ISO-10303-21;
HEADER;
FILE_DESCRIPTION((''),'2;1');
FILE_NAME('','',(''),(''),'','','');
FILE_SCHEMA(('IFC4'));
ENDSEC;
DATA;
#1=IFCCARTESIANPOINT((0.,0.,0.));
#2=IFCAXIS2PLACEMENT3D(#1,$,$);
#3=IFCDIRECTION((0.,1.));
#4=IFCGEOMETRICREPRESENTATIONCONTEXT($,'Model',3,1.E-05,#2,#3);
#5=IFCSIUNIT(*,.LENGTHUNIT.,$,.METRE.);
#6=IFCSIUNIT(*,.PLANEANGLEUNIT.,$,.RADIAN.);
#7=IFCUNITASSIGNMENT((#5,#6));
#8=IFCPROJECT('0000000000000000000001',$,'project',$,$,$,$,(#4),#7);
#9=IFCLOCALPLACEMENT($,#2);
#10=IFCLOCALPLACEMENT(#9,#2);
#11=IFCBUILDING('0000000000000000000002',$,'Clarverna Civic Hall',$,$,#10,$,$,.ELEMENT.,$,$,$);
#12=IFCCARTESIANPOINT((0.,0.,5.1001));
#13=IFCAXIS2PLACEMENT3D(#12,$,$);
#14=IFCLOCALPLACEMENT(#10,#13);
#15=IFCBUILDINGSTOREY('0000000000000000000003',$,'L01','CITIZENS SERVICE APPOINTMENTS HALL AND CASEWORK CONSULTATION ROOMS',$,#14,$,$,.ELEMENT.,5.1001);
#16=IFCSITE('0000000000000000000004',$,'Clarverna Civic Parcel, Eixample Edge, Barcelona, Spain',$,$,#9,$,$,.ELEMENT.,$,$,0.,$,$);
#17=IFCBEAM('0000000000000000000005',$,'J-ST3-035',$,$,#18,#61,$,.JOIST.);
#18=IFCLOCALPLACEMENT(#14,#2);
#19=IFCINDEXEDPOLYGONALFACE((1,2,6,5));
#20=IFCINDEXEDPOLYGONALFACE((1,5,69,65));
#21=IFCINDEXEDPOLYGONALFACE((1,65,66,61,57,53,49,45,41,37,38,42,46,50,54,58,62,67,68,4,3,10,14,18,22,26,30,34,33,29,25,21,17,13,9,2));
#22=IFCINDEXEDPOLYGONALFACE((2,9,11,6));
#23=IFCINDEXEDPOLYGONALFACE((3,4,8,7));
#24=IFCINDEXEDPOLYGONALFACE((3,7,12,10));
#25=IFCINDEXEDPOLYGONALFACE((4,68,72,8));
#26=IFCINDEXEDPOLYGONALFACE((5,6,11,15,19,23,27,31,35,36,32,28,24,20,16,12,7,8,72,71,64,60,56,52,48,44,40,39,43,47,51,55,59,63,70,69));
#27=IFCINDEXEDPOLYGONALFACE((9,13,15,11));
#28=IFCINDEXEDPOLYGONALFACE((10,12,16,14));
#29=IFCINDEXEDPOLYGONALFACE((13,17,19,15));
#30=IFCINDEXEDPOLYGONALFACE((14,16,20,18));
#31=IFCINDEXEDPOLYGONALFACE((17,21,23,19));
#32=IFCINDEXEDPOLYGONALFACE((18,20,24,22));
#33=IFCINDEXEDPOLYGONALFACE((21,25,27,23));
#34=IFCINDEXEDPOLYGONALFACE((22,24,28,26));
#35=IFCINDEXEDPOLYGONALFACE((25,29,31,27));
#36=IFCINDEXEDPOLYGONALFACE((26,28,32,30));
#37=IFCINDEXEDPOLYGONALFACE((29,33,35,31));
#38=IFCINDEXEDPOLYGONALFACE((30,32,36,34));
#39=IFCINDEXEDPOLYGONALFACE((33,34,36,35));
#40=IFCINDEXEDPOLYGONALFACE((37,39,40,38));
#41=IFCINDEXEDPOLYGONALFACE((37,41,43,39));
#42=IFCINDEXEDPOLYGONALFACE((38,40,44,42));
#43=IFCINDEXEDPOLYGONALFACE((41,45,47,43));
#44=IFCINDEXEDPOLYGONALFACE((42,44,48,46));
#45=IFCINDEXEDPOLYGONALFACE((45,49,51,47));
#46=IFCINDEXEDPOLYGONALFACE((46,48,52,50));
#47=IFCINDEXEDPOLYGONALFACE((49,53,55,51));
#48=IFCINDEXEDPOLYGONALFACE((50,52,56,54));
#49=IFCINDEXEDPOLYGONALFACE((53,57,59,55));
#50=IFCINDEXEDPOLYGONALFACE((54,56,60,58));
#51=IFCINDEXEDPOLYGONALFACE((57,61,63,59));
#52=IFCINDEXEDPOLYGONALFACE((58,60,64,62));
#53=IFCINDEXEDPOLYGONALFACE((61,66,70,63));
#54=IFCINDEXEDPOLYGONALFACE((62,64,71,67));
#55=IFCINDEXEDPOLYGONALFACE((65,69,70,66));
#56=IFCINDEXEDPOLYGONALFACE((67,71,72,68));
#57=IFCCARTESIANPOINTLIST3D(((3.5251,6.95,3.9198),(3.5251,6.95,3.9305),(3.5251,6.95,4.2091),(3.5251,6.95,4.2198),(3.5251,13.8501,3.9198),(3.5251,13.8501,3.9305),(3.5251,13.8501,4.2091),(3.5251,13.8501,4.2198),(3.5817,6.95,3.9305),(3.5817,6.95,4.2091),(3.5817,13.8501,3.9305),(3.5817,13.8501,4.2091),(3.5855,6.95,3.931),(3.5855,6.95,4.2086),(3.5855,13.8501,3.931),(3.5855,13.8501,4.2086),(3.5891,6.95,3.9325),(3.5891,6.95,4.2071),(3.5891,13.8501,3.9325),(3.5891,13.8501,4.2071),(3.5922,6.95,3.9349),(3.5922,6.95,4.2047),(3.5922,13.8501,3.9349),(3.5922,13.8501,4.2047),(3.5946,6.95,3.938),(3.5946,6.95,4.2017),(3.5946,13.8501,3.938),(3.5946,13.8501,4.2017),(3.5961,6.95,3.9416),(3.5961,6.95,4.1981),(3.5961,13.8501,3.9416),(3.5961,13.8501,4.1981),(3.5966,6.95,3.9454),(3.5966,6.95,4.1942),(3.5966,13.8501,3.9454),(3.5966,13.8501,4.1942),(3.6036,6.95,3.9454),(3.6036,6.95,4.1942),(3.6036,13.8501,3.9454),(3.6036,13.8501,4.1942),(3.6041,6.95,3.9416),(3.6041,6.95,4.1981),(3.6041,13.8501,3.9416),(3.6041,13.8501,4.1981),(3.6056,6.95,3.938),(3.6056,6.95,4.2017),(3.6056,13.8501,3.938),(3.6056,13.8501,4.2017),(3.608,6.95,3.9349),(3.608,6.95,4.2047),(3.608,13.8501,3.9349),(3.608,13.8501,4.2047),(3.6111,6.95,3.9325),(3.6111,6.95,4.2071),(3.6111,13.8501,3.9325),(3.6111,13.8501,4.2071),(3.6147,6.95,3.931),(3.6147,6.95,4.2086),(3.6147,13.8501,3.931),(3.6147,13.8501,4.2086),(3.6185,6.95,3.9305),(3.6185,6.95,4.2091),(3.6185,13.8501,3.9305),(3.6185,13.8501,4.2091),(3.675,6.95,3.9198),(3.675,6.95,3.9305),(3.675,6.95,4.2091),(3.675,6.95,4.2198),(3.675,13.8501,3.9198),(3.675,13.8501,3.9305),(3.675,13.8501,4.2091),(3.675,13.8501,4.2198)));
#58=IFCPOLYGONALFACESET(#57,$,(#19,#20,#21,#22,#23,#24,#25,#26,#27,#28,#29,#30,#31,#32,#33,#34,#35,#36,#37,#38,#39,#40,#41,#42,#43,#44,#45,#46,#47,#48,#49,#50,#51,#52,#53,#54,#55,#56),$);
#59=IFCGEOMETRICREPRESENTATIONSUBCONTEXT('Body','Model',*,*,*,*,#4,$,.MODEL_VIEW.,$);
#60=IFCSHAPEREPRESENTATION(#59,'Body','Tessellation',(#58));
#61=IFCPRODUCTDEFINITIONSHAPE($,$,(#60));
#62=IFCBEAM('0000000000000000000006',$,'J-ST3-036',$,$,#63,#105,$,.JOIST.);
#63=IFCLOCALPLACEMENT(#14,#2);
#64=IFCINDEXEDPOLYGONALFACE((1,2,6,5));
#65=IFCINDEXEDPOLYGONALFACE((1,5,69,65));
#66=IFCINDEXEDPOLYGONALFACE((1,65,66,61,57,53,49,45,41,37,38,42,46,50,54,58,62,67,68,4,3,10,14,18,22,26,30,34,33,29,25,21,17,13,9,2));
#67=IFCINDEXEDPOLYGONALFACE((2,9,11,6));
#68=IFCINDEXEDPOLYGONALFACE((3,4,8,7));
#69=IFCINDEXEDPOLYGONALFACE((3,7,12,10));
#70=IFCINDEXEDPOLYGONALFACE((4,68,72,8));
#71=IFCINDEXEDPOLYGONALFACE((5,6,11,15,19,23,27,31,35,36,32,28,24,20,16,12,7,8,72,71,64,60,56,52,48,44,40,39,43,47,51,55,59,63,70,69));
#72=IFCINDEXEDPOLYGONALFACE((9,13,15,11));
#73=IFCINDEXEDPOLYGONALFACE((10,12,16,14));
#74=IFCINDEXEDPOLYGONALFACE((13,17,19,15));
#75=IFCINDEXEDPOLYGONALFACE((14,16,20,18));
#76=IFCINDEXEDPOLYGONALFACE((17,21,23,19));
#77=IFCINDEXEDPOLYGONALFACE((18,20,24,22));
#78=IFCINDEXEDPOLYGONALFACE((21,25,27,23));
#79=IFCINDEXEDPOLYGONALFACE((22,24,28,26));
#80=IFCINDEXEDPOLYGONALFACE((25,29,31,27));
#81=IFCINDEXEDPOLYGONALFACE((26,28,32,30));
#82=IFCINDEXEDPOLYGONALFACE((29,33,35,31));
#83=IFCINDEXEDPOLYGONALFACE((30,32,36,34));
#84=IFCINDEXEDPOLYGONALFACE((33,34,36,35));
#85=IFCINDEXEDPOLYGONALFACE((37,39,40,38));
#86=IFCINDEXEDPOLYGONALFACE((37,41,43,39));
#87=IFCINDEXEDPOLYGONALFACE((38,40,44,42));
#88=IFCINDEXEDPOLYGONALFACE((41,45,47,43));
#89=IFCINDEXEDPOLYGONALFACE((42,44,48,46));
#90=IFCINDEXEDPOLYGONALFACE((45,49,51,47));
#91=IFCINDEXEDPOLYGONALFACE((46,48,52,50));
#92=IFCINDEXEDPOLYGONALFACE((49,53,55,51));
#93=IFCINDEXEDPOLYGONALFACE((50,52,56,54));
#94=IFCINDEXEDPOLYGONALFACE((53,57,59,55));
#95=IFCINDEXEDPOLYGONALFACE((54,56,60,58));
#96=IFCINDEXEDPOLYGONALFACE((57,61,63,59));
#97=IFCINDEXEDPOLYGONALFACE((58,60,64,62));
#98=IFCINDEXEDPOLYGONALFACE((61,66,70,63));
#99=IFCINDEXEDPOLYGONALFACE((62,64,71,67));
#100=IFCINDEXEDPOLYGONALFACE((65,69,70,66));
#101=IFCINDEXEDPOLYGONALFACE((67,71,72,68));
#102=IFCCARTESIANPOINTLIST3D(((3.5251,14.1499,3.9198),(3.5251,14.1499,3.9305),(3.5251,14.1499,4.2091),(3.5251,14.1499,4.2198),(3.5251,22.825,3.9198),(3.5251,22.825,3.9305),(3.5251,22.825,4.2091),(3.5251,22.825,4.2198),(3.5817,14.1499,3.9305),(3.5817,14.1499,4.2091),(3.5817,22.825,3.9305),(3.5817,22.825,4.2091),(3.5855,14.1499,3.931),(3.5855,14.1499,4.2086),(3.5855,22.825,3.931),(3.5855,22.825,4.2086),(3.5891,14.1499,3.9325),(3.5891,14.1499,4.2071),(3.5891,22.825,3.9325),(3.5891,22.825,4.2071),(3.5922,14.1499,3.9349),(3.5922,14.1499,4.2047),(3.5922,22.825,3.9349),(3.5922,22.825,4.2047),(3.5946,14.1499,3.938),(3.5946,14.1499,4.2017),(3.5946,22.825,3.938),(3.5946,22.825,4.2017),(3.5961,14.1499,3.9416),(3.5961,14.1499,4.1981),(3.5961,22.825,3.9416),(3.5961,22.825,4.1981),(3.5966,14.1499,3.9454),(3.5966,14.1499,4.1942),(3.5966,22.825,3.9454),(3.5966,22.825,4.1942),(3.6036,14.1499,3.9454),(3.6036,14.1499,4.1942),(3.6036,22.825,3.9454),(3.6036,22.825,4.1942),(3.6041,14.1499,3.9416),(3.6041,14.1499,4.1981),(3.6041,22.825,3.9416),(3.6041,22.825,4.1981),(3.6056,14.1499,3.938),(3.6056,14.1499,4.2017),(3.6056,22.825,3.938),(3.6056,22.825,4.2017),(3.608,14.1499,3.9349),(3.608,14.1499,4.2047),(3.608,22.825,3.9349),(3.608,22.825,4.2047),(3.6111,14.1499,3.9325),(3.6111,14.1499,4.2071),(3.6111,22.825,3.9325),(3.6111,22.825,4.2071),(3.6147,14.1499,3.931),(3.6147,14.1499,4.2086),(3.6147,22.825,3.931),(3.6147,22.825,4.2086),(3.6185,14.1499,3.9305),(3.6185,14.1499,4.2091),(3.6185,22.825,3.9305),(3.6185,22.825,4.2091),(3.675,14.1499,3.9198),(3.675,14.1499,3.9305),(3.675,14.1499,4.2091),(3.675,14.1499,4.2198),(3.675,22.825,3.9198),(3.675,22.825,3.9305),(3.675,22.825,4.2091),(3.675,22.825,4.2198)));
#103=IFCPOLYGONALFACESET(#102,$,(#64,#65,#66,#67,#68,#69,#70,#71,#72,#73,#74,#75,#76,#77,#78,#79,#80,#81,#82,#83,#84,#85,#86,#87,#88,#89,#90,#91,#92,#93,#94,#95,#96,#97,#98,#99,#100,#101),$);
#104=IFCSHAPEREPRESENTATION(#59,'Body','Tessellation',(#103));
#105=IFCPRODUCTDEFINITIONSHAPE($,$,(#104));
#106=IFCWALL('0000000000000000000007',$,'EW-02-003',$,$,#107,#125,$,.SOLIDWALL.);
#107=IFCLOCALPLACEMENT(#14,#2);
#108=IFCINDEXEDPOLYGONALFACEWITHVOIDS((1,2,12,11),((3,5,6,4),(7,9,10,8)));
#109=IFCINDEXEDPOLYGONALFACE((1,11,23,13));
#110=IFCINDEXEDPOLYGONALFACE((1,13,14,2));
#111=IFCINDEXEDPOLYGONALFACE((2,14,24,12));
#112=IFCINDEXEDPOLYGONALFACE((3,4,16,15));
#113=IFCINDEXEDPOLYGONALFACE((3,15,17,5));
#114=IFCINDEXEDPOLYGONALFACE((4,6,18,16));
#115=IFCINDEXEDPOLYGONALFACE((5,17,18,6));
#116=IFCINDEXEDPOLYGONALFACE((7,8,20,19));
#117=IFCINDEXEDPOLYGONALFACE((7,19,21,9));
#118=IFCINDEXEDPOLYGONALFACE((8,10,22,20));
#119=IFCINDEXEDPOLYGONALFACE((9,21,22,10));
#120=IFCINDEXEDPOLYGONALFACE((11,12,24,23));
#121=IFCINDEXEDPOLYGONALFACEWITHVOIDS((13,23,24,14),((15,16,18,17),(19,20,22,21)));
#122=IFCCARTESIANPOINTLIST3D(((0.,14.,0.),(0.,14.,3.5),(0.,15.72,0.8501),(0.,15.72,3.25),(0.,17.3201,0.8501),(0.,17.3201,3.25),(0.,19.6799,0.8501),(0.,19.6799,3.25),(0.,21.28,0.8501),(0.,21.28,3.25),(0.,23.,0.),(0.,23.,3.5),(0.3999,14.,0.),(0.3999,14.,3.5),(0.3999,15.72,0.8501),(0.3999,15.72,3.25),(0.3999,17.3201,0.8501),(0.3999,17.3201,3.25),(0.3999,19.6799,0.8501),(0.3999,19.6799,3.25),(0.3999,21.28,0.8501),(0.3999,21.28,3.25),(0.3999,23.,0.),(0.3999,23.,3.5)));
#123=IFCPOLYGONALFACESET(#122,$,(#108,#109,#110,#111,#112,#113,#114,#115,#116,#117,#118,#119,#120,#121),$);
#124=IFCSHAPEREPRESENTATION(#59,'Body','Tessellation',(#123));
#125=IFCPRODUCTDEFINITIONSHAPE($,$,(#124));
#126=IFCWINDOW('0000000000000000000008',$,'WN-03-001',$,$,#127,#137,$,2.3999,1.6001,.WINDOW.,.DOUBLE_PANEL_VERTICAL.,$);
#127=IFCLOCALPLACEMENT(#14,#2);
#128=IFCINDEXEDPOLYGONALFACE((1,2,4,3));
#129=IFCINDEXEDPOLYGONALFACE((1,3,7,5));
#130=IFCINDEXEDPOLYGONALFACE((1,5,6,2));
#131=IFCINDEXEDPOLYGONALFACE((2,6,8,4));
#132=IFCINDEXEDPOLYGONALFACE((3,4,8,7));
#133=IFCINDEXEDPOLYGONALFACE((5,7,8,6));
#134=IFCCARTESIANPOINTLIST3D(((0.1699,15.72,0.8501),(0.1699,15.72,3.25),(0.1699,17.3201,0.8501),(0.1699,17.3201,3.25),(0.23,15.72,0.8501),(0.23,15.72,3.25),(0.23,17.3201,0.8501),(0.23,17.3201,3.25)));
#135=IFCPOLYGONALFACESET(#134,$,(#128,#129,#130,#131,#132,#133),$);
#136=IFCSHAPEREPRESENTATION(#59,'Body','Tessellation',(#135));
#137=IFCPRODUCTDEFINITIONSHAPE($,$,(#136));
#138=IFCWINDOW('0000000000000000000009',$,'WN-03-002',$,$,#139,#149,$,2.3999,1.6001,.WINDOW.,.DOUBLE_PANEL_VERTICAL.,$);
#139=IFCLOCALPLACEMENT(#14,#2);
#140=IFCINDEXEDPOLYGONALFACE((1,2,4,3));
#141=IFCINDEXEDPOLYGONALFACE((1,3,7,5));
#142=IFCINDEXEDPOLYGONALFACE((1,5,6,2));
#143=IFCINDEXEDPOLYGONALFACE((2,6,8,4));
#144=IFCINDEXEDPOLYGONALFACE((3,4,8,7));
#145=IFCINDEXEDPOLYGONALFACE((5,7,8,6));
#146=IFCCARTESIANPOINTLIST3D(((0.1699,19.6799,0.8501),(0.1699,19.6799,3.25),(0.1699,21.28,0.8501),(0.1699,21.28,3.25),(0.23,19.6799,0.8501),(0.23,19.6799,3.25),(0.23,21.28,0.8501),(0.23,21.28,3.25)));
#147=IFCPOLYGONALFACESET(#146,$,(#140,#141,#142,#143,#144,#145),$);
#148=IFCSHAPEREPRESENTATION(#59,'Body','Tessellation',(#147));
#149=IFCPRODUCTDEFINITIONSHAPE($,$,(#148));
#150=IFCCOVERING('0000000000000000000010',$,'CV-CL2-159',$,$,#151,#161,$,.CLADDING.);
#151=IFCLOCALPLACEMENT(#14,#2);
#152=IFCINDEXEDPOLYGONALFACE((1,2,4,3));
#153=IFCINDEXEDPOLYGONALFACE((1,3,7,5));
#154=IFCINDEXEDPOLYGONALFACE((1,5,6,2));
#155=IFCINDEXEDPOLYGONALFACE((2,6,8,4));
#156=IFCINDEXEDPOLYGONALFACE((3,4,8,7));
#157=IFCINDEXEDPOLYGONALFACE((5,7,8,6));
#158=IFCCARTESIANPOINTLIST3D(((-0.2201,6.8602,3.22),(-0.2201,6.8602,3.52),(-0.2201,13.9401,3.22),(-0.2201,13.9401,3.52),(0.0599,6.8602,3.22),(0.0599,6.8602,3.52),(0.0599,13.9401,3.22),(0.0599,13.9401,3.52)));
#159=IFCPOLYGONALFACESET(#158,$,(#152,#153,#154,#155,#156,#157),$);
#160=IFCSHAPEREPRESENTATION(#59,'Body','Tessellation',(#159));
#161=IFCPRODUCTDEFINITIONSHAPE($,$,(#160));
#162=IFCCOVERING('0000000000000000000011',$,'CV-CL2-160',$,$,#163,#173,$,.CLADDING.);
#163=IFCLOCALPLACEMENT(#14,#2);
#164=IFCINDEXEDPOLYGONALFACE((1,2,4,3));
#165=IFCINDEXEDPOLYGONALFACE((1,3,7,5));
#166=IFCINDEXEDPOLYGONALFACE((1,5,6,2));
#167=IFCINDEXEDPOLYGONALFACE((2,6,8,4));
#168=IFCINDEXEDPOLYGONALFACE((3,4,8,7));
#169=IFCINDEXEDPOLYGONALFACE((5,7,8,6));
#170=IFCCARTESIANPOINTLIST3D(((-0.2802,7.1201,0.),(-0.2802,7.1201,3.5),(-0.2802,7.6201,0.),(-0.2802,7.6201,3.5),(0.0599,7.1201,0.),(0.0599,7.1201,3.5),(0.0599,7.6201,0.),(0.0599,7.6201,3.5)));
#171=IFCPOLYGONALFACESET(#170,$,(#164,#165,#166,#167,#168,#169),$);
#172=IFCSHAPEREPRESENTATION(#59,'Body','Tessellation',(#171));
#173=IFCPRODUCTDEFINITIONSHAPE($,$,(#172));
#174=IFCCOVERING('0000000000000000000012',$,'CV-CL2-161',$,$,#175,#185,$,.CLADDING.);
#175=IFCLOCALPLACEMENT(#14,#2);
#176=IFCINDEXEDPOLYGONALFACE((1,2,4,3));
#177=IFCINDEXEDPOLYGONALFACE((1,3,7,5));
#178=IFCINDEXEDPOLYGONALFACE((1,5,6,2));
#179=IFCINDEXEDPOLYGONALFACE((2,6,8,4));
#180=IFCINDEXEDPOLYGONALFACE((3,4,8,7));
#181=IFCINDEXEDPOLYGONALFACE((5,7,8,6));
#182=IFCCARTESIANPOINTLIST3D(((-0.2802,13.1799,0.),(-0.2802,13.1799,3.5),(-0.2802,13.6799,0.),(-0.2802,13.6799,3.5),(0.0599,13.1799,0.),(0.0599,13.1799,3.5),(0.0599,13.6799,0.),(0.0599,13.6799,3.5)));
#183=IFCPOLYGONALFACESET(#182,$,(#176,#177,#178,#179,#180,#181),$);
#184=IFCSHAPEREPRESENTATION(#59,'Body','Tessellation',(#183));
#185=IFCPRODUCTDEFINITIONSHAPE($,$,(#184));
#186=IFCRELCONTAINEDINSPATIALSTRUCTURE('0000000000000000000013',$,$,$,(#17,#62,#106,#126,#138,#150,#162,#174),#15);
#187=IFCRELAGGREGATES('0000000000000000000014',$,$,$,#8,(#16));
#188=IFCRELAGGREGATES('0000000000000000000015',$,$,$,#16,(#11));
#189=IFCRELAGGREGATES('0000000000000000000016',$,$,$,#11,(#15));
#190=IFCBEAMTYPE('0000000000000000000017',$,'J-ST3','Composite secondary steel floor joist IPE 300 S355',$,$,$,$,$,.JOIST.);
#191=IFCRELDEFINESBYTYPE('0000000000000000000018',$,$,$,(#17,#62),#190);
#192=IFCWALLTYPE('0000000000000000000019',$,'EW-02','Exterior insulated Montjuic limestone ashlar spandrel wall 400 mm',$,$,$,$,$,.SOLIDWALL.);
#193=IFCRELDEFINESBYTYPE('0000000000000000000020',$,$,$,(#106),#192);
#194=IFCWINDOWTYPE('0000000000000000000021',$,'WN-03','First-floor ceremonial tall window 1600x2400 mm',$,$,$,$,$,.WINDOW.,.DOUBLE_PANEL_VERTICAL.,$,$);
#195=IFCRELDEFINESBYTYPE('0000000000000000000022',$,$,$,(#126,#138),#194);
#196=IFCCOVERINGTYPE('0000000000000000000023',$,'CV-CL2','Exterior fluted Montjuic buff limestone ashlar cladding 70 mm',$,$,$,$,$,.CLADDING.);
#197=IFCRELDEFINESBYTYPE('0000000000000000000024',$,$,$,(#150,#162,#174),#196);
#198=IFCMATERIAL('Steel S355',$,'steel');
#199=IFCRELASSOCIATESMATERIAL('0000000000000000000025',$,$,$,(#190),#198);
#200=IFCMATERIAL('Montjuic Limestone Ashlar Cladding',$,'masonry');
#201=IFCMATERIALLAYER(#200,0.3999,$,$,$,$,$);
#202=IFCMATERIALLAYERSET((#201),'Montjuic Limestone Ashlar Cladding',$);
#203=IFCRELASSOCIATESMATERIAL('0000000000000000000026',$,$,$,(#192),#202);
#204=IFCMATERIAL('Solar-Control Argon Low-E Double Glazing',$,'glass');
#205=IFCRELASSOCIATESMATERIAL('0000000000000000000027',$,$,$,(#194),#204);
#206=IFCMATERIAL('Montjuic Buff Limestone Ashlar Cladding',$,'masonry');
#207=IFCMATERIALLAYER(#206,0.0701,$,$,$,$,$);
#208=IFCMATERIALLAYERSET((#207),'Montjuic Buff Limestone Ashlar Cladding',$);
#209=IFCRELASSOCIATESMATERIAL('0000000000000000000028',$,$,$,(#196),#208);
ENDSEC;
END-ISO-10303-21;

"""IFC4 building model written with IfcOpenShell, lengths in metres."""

from ifc_helpers import new_model, si_unit, direction, frame, frame_2d, origin, origin_2d, place, context, subcontext, project, spatial, rectangle, i_section, extrude, material, layer, layer_set, material_profile, profile_set, type_object, element, fill, save


model = new_model("IFC4")

# Units and contexts
model_context = context("Model", 3, precision=1e-05, world=origin(), true_north=direction((0.0, 1.0)))
body_context = subcontext(model_context, "Body", "Model", "MODEL_VIEW")
ifc_project = project(units=[si_unit("LENGTHUNIT", "METRE"), si_unit("PLANEANGLEUNIT", "RADIAN")], contexts=[model_context])

# Site, building, storey
site_placement = place(None, origin())
site = spatial("IfcSite", under=ifc_project, at=site_placement, Name="Clarverna Civic Parcel, Eixample Edge, Barcelona, Spain", CompositionType="ELEMENT", RefElevation=0.0)
building_placement = place(site_placement, origin())
building = spatial("IfcBuilding", under=site, at=building_placement, Name="Clarverna Civic Hall", CompositionType="ELEMENT")
storey_placement = place(building_placement, frame((0.0, 0.0, 5.1001)))
storey = spatial("IfcBuildingStorey", under=building, at=storey_placement, Name="L01", Description="CITIZENS SERVICE APPOINTMENTS HALL AND CASEWORK CONSULTATION ROOMS", CompositionType="ELEMENT", Elevation=5.1001)

# Beams
ifc_material_1 = material(Name="Steel S355", Category="steel")
ifc_material_profile_1 = material_profile(ifc_material_1, i_section(OverallWidth=0.1499, OverallDepth=0.3, WebThickness=0.0071, FlangeThickness=0.0107, FilletRadius=0.0149, at=origin_2d()), Name="IPE 300")
ifc_profile_set_1 = profile_set([ifc_material_profile_1], Name="Steel S355")
beam_type_1 = type_object("IfcBeamType", Name="J-ST3", Description="Composite secondary steel floor joist IPE 300 S355", PredefinedType="JOIST", material=ifc_profile_set_1)
beam_1_placement = place(storey_placement, frame((3.6001, 6.95, 4.0698), z_axis=(0.0, 1.0, 0.0), x_axis=(-1.0, 0.0, 0.0)))
element("IfcBeam", 1, at=beam_1_placement, inside=storey, type_object=beam_type_1, Name="J-ST3-035", PredefinedType="JOIST", context=body_context, shape_type="SweptSolid", body=[
    extrude(i_section(OverallWidth=0.1499, OverallDepth=0.3, WebThickness=0.0071, FlangeThickness=0.0107, FilletRadius=0.0149, at=origin_2d()), origin(), (0.0, 0.0, 1.0), 6.9001),
])
beam_2_placement = place(storey_placement, frame((3.6001, 14.1499, 4.0698), z_axis=(0.0, 1.0, 0.0), x_axis=(-1.0, 0.0, 0.0)))
element("IfcBeam", 2, at=beam_2_placement, inside=storey, type_object=beam_type_1, Name="J-ST3-036", PredefinedType="JOIST", context=body_context, shape_type="SweptSolid", body=[
    extrude(i_section(OverallWidth=0.1499, OverallDepth=0.3, WebThickness=0.0071, FlangeThickness=0.0107, FilletRadius=0.0149, at=origin_2d()), origin(), (0.0, 0.0, 1.0), 8.675),
])

# Wall, openings, windows
ifc_material_2 = material(Name="Montjuic Limestone Ashlar Cladding", Category="masonry")
ifc_layer_1 = layer(ifc_material_2, 0.3999)
ifc_layer_set_1 = layer_set([ifc_layer_1], Name="Montjuic Limestone Ashlar Cladding")
wall_type = type_object("IfcWallType", Name="EW-02", Description="Exterior insulated Montjuic limestone ashlar spandrel wall 400 mm", PredefinedType="SOLIDWALL", material=ifc_layer_set_1)
wall_placement = place(storey_placement, frame((0.2, 14.0, 0.0), z_axis=(0.0, 0.0, 1.0), x_axis=(0.0, 1.0, 0.0)))
wall = element("IfcWall", 3, at=wall_placement, inside=storey, type_object=wall_type, Name="EW-02-003", PredefinedType="SOLIDWALL", context=body_context, shape_type="SweptSolid", body=[
    extrude(rectangle(XDim=9.0, YDim=0.3999, at=frame_2d((4.5, 0.0))), origin(), (0.0, 0.0, 1.0), 3.5),
])
opening_1_placement = place(wall_placement, frame((1.72, 0.0, 0.8501)))
opening_1 = element("IfcOpeningElement", 4, at=opening_1_placement, cuts=wall, PredefinedType="OPENING", context=body_context, shape_type="SweptSolid", body=[
    extrude(rectangle(XDim=1.6001, YDim=2.3999, at=frame_2d((0.8, 1.2))), frame((0.0, 0.21, 0.0), z_axis=(0.0, -1.0, 0.0), x_axis=(1.0, 0.0, 0.0)), (0.0, 0.0, 1.0), 0.4199),
])
opening_2_placement = place(wall_placement, frame((5.6799, 0.0, 0.8501)))
opening_2 = element("IfcOpeningElement", 5, at=opening_2_placement, cuts=wall, PredefinedType="OPENING", context=body_context, shape_type="SweptSolid", body=[
    extrude(rectangle(XDim=1.6001, YDim=2.3999, at=frame_2d((0.8, 1.2))), frame((0.0, 0.21, 0.0), z_axis=(0.0, -1.0, 0.0), x_axis=(1.0, 0.0, 0.0)), (0.0, 0.0, 1.0), 0.4199),
])
ifc_material_3 = material(Name="Solar-Control Argon Low-E Double Glazing", Category="glass")
window_type = type_object("IfcWindowType", Name="WN-03", Description="First-floor ceremonial tall window 1600x2400 mm", PartitioningType="DOUBLE_PANEL_VERTICAL", PredefinedType="WINDOW", material=ifc_material_3)
window_1_placement = place(opening_1_placement, origin())
window_1 = element("IfcWindow", 6, at=window_1_placement, inside=storey, type_object=window_type, Name="WN-03-001", OverallHeight=2.3999, OverallWidth=1.6001, PartitioningType="DOUBLE_PANEL_VERTICAL", PredefinedType="WINDOW", context=body_context, shape_type="SweptSolid", body=[
    extrude(rectangle(XDim=1.6001, YDim=2.3999, at=frame_2d((0.8, 1.2))), frame((0.0, 0.03, 0.0), z_axis=(0.0, -1.0, 0.0), x_axis=(1.0, 0.0, 0.0)), (0.0, 0.0, 1.0), 0.0601),
])
fill(opening_1, window_1)
window_2_placement = place(opening_2_placement, origin())
window_2 = element("IfcWindow", 7, at=window_2_placement, inside=storey, type_object=window_type, Name="WN-03-002", OverallHeight=2.3999, OverallWidth=1.6001, PartitioningType="DOUBLE_PANEL_VERTICAL", PredefinedType="WINDOW", context=body_context, shape_type="SweptSolid", body=[
    extrude(rectangle(XDim=1.6001, YDim=2.3999, at=frame_2d((0.8, 1.2))), frame((0.0, 0.03, 0.0), z_axis=(0.0, -1.0, 0.0), x_axis=(1.0, 0.0, 0.0)), (0.0, 0.0, 1.0), 0.0601),
])
fill(opening_2, window_2)

# Coverings
ifc_material_4 = material(Name="Montjuic Buff Limestone Ashlar Cladding", Category="masonry")
ifc_layer_2 = layer(ifc_material_4, 0.0701)
ifc_layer_set_2 = layer_set([ifc_layer_2], Name="Montjuic Buff Limestone Ashlar Cladding")
covering_type = type_object("IfcCoveringType", Name="CV-CL2", Description="Exterior fluted Montjuic buff limestone ashlar cladding 70 mm", PredefinedType="CLADDING", material=ifc_layer_set_2)
covering_1_placement = place(storey_placement, frame((-0.0801, 6.8601, 3.22), z_axis=(0.0, 0.0, 1.0), x_axis=(0.0, 1.0, 0.0)))
element("IfcCovering", 8, at=covering_1_placement, inside=storey, type_object=covering_type, Name="CV-CL2-159", PredefinedType="CLADDING", context=body_context, shape_type="SweptSolid", body=[
    extrude(rectangle(XDim=7.0798, YDim=0.28, at=frame_2d((3.54, 0.0))), origin(), (0.0, 0.0, 1.0), 0.3),
])
for number, where, z_axis, x_axis, name in (
    (9, (-0.1101, 7.1201, 0.0), (0.0, 0.0, 1.0), (0.0, 1.0, 0.0), "CV-CL2-160"),
    (10, (-0.1101, 13.1799, 0.0), (0.0, 0.0, 1.0), (0.0, 1.0, 0.0), "CV-CL2-161"),
):
    element("IfcCovering", number, at=place(storey_placement, frame(where, z_axis=z_axis, x_axis=x_axis)), inside=storey, type_object=covering_type, Name=name, PredefinedType="CLADDING", context=body_context, shape_type="SweptSolid", body=[
        extrude(rectangle(XDim=0.5, YDim=0.3401, at=frame_2d((0.25, 0.0))), origin(), (0.0, 0.0, 1.0), 3.5),
    ])

save(model, "model.ifc")
